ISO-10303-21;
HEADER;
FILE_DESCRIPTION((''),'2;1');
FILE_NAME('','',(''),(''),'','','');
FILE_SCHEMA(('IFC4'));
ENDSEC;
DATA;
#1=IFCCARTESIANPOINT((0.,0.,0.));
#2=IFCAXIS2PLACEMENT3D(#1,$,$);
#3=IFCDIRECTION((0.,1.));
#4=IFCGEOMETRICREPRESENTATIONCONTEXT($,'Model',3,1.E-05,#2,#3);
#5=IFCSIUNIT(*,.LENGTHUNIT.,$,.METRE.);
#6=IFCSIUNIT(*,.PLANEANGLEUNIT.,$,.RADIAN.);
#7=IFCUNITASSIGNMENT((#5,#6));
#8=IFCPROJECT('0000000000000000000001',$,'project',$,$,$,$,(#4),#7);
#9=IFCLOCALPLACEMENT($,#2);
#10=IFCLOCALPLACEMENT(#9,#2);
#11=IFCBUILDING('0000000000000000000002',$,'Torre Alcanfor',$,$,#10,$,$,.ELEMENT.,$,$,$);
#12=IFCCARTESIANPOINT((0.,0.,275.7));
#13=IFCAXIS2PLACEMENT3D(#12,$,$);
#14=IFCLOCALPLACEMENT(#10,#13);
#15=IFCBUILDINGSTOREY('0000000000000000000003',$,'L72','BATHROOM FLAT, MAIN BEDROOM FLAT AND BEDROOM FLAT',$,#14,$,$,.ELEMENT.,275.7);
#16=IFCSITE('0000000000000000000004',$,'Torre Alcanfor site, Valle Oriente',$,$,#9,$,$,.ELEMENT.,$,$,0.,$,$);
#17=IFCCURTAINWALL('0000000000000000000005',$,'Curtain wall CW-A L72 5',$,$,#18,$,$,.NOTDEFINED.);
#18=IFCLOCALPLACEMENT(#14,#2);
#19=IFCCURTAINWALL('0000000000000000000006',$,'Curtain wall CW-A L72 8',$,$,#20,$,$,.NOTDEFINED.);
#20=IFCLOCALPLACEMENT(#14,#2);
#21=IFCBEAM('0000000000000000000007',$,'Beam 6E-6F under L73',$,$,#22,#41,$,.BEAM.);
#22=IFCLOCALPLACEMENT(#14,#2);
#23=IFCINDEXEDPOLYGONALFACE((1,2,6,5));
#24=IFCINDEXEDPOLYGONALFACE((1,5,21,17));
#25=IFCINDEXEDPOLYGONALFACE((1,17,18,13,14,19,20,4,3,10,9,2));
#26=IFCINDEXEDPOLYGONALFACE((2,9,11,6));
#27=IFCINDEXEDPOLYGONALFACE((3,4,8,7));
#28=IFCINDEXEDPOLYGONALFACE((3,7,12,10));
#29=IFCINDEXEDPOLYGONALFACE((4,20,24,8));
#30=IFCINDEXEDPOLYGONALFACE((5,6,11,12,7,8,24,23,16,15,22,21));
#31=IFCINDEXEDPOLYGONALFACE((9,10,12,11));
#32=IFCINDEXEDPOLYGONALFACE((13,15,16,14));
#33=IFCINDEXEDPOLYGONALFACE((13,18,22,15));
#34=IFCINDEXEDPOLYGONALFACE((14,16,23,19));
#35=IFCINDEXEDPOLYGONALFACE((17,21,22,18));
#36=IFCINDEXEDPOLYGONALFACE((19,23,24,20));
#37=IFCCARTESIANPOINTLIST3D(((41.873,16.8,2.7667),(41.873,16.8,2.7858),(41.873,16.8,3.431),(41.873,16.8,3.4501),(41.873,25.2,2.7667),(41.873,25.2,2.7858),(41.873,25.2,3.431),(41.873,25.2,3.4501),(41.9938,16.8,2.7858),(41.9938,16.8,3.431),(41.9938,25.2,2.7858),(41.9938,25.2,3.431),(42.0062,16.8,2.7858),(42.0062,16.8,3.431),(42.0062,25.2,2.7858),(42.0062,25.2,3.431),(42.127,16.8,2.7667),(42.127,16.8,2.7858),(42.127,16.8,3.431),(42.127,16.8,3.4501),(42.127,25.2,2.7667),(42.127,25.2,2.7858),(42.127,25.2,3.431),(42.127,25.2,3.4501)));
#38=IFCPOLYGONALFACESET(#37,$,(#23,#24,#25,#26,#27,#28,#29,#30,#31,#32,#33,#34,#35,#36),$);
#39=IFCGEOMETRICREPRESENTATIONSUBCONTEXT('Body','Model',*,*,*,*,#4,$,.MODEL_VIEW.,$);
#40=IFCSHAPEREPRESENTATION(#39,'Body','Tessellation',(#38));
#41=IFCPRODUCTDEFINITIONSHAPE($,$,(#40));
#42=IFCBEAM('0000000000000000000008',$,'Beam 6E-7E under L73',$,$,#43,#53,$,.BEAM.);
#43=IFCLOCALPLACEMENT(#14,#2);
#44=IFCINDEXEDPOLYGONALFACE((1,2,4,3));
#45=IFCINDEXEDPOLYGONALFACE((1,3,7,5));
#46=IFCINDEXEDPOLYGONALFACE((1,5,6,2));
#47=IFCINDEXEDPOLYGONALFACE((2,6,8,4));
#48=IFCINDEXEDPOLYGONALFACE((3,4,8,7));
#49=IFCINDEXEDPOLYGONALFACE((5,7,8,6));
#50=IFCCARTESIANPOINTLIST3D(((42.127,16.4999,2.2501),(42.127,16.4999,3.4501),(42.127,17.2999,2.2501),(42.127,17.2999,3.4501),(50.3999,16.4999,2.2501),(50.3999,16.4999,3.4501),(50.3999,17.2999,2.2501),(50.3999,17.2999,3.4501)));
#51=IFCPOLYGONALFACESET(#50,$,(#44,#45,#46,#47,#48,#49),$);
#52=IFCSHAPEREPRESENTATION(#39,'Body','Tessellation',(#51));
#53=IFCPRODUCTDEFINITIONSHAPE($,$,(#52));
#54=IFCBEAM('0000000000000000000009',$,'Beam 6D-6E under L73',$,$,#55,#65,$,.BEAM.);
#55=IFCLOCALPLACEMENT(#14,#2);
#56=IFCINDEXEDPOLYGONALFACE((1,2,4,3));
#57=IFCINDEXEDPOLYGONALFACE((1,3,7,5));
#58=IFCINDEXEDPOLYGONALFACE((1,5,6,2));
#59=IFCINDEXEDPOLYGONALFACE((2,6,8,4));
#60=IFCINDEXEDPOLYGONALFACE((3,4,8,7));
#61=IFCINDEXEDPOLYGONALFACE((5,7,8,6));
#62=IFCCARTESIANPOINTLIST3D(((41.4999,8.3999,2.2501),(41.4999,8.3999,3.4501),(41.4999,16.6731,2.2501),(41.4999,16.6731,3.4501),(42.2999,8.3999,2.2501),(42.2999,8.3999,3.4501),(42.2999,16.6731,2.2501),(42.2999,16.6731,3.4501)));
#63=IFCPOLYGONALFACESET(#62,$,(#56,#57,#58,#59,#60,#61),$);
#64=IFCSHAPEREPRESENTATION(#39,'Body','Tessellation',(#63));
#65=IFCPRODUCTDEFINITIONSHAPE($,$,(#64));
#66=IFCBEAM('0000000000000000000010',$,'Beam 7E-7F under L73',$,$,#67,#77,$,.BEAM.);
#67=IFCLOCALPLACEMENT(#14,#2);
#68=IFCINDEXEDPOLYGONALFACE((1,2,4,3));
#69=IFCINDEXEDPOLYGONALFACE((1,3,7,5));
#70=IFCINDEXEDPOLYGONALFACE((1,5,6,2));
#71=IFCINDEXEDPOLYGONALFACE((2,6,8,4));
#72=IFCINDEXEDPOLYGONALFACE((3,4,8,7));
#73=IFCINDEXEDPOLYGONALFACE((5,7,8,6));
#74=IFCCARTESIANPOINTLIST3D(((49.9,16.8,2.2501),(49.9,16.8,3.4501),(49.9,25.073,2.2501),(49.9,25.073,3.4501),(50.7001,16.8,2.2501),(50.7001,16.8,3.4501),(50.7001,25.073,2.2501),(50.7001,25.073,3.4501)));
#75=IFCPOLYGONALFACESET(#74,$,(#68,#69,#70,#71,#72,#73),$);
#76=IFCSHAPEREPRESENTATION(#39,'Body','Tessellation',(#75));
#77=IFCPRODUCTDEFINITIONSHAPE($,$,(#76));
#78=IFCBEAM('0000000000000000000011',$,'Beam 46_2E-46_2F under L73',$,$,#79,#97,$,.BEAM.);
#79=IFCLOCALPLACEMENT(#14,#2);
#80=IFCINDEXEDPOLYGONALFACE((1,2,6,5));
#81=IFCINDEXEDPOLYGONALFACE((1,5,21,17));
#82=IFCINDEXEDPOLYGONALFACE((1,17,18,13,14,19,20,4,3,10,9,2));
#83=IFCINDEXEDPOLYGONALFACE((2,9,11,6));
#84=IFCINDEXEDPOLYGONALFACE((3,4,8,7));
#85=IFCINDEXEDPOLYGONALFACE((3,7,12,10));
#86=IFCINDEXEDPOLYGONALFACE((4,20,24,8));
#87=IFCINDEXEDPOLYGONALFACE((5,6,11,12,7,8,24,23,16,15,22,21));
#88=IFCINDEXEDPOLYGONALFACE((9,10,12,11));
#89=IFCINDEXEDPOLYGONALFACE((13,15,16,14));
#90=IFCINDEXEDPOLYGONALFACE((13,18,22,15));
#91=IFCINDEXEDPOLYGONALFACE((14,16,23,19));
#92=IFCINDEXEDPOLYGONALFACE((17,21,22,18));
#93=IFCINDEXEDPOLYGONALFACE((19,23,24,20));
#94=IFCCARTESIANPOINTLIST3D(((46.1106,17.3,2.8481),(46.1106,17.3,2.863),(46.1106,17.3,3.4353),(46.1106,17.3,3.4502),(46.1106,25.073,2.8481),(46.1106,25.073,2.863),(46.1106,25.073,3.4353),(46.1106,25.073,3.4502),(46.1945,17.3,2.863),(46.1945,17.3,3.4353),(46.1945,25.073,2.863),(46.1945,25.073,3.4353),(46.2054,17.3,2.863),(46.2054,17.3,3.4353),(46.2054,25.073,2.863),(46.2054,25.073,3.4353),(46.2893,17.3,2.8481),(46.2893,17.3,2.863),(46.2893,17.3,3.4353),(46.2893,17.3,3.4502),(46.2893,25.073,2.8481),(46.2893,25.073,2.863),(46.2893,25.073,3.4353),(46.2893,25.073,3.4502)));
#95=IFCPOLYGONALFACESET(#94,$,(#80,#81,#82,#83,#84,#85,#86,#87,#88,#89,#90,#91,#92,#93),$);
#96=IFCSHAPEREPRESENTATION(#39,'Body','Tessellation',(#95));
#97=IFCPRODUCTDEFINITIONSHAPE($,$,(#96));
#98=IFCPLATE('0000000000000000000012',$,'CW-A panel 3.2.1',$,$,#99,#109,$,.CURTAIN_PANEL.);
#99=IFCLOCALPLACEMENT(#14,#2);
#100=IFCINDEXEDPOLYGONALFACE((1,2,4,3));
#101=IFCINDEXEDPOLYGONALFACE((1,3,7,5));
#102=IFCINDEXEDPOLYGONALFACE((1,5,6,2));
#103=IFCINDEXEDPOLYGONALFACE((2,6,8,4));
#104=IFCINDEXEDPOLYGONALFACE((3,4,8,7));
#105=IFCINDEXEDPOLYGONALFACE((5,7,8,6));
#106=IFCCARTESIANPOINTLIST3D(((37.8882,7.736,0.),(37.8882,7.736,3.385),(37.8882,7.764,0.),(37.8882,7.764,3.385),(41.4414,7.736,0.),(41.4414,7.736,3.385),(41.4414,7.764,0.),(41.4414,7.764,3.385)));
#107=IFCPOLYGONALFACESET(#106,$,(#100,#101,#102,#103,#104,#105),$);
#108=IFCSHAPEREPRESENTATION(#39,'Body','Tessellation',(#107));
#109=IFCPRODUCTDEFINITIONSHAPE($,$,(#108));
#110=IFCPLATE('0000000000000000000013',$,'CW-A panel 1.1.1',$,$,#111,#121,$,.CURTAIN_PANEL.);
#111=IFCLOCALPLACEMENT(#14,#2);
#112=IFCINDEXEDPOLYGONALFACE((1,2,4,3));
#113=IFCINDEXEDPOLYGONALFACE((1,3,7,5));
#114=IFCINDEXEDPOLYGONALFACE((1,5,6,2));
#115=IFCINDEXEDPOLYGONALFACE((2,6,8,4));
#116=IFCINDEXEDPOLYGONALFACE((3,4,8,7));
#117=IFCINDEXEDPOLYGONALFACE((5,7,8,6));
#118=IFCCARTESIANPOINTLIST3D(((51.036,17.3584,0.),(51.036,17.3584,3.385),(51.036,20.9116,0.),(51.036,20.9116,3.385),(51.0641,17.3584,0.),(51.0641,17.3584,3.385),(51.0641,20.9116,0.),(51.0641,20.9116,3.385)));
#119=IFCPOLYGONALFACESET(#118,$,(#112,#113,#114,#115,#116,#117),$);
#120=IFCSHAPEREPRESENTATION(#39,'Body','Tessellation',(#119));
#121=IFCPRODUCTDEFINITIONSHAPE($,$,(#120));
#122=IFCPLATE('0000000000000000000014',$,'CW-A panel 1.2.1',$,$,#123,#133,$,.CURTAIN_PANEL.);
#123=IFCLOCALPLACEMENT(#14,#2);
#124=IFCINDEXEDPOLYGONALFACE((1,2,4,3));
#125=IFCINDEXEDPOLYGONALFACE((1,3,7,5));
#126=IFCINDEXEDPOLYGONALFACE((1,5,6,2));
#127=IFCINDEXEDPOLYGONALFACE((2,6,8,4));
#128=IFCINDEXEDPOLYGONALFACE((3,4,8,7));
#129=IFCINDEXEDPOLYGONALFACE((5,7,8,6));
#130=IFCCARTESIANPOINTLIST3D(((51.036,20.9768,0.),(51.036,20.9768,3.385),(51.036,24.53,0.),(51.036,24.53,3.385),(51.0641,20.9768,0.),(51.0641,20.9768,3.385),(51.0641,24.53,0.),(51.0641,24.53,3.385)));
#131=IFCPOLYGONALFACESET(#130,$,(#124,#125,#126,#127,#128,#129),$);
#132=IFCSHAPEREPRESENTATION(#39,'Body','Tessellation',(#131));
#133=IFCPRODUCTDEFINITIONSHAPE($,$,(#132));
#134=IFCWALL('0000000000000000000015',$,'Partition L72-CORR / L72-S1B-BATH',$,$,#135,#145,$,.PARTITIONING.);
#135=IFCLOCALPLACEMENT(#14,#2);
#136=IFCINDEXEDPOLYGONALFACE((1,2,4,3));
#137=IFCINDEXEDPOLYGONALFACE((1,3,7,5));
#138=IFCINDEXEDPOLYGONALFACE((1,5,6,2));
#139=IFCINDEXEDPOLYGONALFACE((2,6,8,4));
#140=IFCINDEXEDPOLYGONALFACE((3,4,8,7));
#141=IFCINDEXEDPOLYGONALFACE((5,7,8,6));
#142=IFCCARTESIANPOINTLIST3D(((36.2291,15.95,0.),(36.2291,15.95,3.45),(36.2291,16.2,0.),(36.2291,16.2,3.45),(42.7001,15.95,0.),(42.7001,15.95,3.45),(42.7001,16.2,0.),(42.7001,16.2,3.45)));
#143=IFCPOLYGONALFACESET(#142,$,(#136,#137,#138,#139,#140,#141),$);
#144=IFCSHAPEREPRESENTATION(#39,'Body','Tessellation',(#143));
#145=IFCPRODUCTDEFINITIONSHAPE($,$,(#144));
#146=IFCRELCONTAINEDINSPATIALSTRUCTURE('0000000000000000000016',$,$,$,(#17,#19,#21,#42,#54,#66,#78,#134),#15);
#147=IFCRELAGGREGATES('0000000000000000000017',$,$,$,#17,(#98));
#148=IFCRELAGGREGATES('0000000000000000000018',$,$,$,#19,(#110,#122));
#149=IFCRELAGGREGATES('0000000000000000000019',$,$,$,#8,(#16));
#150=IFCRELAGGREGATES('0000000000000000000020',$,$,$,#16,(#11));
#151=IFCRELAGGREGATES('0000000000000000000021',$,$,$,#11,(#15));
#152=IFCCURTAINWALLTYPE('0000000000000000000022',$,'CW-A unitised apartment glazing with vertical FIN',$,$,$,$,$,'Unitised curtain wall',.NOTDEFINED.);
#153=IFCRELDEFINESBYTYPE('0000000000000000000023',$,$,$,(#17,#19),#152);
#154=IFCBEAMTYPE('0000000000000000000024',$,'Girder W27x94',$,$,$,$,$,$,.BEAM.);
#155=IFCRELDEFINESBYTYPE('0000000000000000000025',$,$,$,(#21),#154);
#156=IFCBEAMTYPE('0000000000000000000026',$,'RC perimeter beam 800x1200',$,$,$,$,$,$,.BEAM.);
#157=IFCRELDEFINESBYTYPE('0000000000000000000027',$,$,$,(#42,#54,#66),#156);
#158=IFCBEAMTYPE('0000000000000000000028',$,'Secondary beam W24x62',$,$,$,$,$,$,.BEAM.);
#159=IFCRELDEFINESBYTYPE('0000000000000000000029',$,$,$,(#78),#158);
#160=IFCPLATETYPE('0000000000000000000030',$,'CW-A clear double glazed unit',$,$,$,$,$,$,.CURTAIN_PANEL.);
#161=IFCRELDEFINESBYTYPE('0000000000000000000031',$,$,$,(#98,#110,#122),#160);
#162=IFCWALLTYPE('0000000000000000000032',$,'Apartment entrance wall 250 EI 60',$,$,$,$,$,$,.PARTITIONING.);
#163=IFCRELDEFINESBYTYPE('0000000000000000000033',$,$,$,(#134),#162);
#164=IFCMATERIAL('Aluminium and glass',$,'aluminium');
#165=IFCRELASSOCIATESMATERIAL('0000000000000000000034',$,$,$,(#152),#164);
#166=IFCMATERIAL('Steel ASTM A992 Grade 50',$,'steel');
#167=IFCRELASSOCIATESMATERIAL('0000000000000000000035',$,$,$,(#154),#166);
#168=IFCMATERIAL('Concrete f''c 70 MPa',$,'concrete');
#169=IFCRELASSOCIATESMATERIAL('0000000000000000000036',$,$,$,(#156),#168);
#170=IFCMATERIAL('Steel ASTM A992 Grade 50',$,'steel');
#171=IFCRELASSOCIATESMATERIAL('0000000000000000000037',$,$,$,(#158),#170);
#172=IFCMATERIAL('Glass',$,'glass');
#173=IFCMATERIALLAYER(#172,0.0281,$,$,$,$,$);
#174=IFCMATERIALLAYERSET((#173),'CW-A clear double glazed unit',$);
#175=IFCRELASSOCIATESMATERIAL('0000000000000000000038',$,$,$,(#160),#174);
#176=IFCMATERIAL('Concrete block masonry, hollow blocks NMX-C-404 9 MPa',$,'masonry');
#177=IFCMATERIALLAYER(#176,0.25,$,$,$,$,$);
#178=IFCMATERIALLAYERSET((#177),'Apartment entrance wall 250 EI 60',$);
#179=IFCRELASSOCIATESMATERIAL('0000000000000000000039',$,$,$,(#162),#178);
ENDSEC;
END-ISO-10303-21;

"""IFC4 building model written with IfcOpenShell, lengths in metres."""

from ifc_helpers import new_model, si_unit, direction, frame, frame_2d, origin, origin_2d, place, context, subcontext, project, spatial, rectangle, i_section, extrude, material, layer, layer_set, material_profile, profile_set, type_object, element, aggregate, save


model = new_model("IFC4")

# Units and contexts
model_context = context("Model", 3, precision=1e-05, world=origin(), true_north=direction((0.0, 1.0)))
body_context = subcontext(model_context, "Body", "Model", "MODEL_VIEW")
ifc_project = project(units=[si_unit("LENGTHUNIT", "METRE"), si_unit("PLANEANGLEUNIT", "RADIAN")], contexts=[model_context])

# Site, building, storey
site_placement = place(None, origin())
site = spatial("IfcSite", under=ifc_project, at=site_placement, Name="Torre Alcanfor site, Valle Oriente", CompositionType="ELEMENT", RefElevation=0.0)
building_placement = place(site_placement, origin())
building = spatial("IfcBuilding", under=site, at=building_placement, Name="Torre Alcanfor", CompositionType="ELEMENT")
storey_placement = place(building_placement, frame((0.0, 0.0, 275.7)))
storey = spatial("IfcBuildingStorey", under=building, at=storey_placement, Name="L72", Description="BATHROOM FLAT, MAIN BEDROOM FLAT AND BEDROOM FLAT", CompositionType="ELEMENT", Elevation=275.7)

# Curtain wall
ifc_material_1 = material(Name="Aluminium and glass", Category="aluminium")
curtain_wall_type = type_object("IfcCurtainWallType", Name="CW-A unitised apartment glazing with vertical FIN", ElementType="Unitised curtain wall", PredefinedType="NOTDEFINED", material=ifc_material_1)
curtain_wall_1_placement = place(storey_placement, origin())
curtain_wall_1 = element("IfcCurtainWall", 1, at=curtain_wall_1_placement, inside=storey, type_object=curtain_wall_type, Name="Curtain wall CW-A L72 5", PredefinedType="NOTDEFINED")

# Curtain wall
curtain_wall_2_placement = place(storey_placement, origin())
curtain_wall_2 = element("IfcCurtainWall", 2, at=curtain_wall_2_placement, inside=storey, type_object=curtain_wall_type, Name="Curtain wall CW-A L72 8", PredefinedType="NOTDEFINED")

# Beams
ifc_material_2 = material(Name="Steel ASTM A992 Grade 50", Category="steel")
ifc_material_profile_1 = material_profile(ifc_material_2, i_section(OverallWidth=0.2539, OverallDepth=0.6833, WebThickness=0.0125, FlangeThickness=0.019, at=origin_2d()), Name="W27x94")
ifc_profile_set_1 = profile_set([ifc_material_profile_1], Name="Steel ASTM A992 Grade 50")
beam_type_1 = type_object("IfcBeamType", Name="Girder W27x94", PredefinedType="BEAM", material=ifc_profile_set_1)
beam_1_placement = place(storey_placement, frame((42.0, 16.8, 3.1084), z_axis=(0.0, 1.0, 0.0), x_axis=(-1.0, 0.0, 0.0)))
element("IfcBeam", 3, at=beam_1_placement, inside=storey, type_object=beam_type_1, Name="Beam 6E-6F under L73", PredefinedType="BEAM", context=body_context, shape_type="SweptSolid", body=[
    extrude(i_section(OverallWidth=0.2539, OverallDepth=0.6833, WebThickness=0.0125, FlangeThickness=0.019, at=origin_2d()), origin(), (0.0, 0.0, 1.0), 8.3999),
])
ifc_material_3 = material(Name="Concrete f'c 70 MPa", Category="concrete")
ifc_material_profile_2 = material_profile(ifc_material_3, rectangle(XDim=0.8, YDim=1.2, at=origin_2d()), Name="800x1200")
ifc_profile_set_2 = profile_set([ifc_material_profile_2], Name="Concrete f'c 70 MPa")
beam_type_2 = type_object("IfcBeamType", Name="RC perimeter beam 800x1200", PredefinedType="BEAM", material=ifc_profile_set_2)
beam_2_placement = place(storey_placement, frame((42.127, 16.8999, 2.8501), z_axis=(1.0, 0.0, 0.0), x_axis=(0.0, 1.0, 0.0)))
element("IfcBeam", 4, at=beam_2_placement, inside=storey, type_object=beam_type_2, Name="Beam 6E-7E under L73", PredefinedType="BEAM", context=body_context, shape_type="SweptSolid", body=[
    extrude(rectangle(XDim=0.8, YDim=1.2, at=origin_2d()), origin(), (0.0, 0.0, 1.0), 8.2729),
])
beam_3_placement = place(storey_placement, frame((41.8999, 8.3999, 2.8501), z_axis=(0.0, 1.0, 0.0), x_axis=(-1.0, 0.0, 0.0)))
element("IfcBeam", 5, at=beam_3_placement, inside=storey, type_object=beam_type_2, Name="Beam 6D-6E under L73", PredefinedType="BEAM", context=body_context, shape_type="SweptSolid", body=[
    extrude(rectangle(XDim=0.8, YDim=1.2, at=origin_2d()), origin(), (0.0, 0.0, 1.0), 8.2732),
])
beam_4_placement = place(storey_placement, frame((50.3, 16.8, 2.8501), z_axis=(0.0, 1.0, 0.0), x_axis=(-1.0, 0.0, 0.0)))
element("IfcBeam", 6, at=beam_4_placement, inside=storey, type_object=beam_type_2, Name="Beam 7E-7F under L73", PredefinedType="BEAM", context=body_context, shape_type="SweptSolid", body=[
    extrude(rectangle(XDim=0.8, YDim=1.2, at=origin_2d()), origin(), (0.0, 0.0, 1.0), 8.2729),
])
ifc_material_4 = material(Name="Steel ASTM A992 Grade 50", Category="steel")
ifc_material_profile_3 = material_profile(ifc_material_4, i_section(OverallWidth=0.1787, OverallDepth=0.6021, WebThickness=0.011, FlangeThickness=0.0149, at=origin_2d()), Name="W24x62")
ifc_profile_set_3 = profile_set([ifc_material_profile_3], Name="Steel ASTM A992 Grade 50")
beam_type_3 = type_object("IfcBeamType", Name="Secondary beam W24x62", PredefinedType="BEAM", material=ifc_profile_set_3)
beam_5_placement = place(storey_placement, frame((46.2, 17.3, 3.1492), z_axis=(0.0, 1.0, 0.0), x_axis=(-1.0, 0.0, 0.0)))
element("IfcBeam", 7, at=beam_5_placement, inside=storey, type_object=beam_type_3, Name="Beam 46_2E-46_2F under L73", PredefinedType="BEAM", context=body_context, shape_type="SweptSolid", body=[
    extrude(i_section(OverallWidth=0.1787, OverallDepth=0.6021, WebThickness=0.011, FlangeThickness=0.0149, at=origin_2d()), origin(), (0.0, 0.0, 1.0), 7.7729),
])

# Plates
ifc_material_5 = material(Name="Glass", Category="glass")
ifc_layer_1 = layer(ifc_material_5, 0.0281)
ifc_layer_set_1 = layer_set([ifc_layer_1], Name="CW-A clear double glazed unit")
plate_type = type_object("IfcPlateType", Name="CW-A clear double glazed unit", PredefinedType="CURTAIN_PANEL", material=ifc_layer_set_1)
plate_1_placement = place(storey_placement, frame((39.6648, 7.75, 0.0), z_axis=(0.0, 0.0, 1.0), x_axis=(1.0, 0.0, 0.0)))
plate_1 = element("IfcPlate", 8, at=plate_1_placement, type_object=plate_type, Name="CW-A panel 3.2.1", PredefinedType="CURTAIN_PANEL", context=body_context, shape_type="SweptSolid", body=[
    extrude(rectangle(XDim=3.5532, YDim=0.0281, at=origin_2d()), origin(), (0.0, 0.0, 1.0), 3.385),
])
aggregate(curtain_wall_1, [plate_1])
plate_2_placement = place(storey_placement, frame((51.05, 19.135, 0.0), z_axis=(0.0, 0.0, 1.0), x_axis=(0.0, 1.0, 0.0)))
plate_2 = element("IfcPlate", 9, at=plate_2_placement, type_object=plate_type, Name="CW-A panel 1.1.1", PredefinedType="CURTAIN_PANEL", context=body_context, shape_type="SweptSolid", body=[
    extrude(rectangle(XDim=3.5532, YDim=0.0281, at=origin_2d()), origin(), (0.0, 0.0, 1.0), 3.385),
])
plate_3_placement = place(storey_placement, frame((51.05, 22.7534, 0.0), z_axis=(0.0, 0.0, 1.0), x_axis=(0.0, 1.0, 0.0)))
plate_3 = element("IfcPlate", 10, at=plate_3_placement, type_object=plate_type, Name="CW-A panel 1.2.1", PredefinedType="CURTAIN_PANEL", context=body_context, shape_type="SweptSolid", body=[
    extrude(rectangle(XDim=3.5532, YDim=0.0281, at=origin_2d()), origin(), (0.0, 0.0, 1.0), 3.385),
])
aggregate(curtain_wall_2, [plate_2, plate_3])

# Wall
ifc_material_6 = material(Name="Concrete block masonry, hollow blocks NMX-C-404 9 MPa", Category="masonry")
ifc_layer_2 = layer(ifc_material_6, 0.25)
ifc_layer_set_2 = layer_set([ifc_layer_2], Name="Apartment entrance wall 250 EI 60")
wall_type_1 = type_object("IfcWallType", Name="Apartment entrance wall 250 EI 60", PredefinedType="PARTITIONING", material=ifc_layer_set_2)
wall_1_placement = place(storey_placement, frame((42.7, 16.075, 0.0), z_axis=(0.0, 0.0, 1.0), x_axis=(-1.0, 0.0, 0.0)))
element("IfcWall", 11, at=wall_1_placement, inside=storey, type_object=wall_type_1, Name="Partition L72-CORR / L72-S1B-BATH", PredefinedType="PARTITIONING", context=body_context, shape_type="SweptSolid", body=[
    extrude(rectangle(XDim=6.4709, YDim=0.25, at=frame_2d((3.2354, 0.0))), origin(), (0.0, 0.0, 1.0), 3.45),
])

save(model, "model.ifc")
